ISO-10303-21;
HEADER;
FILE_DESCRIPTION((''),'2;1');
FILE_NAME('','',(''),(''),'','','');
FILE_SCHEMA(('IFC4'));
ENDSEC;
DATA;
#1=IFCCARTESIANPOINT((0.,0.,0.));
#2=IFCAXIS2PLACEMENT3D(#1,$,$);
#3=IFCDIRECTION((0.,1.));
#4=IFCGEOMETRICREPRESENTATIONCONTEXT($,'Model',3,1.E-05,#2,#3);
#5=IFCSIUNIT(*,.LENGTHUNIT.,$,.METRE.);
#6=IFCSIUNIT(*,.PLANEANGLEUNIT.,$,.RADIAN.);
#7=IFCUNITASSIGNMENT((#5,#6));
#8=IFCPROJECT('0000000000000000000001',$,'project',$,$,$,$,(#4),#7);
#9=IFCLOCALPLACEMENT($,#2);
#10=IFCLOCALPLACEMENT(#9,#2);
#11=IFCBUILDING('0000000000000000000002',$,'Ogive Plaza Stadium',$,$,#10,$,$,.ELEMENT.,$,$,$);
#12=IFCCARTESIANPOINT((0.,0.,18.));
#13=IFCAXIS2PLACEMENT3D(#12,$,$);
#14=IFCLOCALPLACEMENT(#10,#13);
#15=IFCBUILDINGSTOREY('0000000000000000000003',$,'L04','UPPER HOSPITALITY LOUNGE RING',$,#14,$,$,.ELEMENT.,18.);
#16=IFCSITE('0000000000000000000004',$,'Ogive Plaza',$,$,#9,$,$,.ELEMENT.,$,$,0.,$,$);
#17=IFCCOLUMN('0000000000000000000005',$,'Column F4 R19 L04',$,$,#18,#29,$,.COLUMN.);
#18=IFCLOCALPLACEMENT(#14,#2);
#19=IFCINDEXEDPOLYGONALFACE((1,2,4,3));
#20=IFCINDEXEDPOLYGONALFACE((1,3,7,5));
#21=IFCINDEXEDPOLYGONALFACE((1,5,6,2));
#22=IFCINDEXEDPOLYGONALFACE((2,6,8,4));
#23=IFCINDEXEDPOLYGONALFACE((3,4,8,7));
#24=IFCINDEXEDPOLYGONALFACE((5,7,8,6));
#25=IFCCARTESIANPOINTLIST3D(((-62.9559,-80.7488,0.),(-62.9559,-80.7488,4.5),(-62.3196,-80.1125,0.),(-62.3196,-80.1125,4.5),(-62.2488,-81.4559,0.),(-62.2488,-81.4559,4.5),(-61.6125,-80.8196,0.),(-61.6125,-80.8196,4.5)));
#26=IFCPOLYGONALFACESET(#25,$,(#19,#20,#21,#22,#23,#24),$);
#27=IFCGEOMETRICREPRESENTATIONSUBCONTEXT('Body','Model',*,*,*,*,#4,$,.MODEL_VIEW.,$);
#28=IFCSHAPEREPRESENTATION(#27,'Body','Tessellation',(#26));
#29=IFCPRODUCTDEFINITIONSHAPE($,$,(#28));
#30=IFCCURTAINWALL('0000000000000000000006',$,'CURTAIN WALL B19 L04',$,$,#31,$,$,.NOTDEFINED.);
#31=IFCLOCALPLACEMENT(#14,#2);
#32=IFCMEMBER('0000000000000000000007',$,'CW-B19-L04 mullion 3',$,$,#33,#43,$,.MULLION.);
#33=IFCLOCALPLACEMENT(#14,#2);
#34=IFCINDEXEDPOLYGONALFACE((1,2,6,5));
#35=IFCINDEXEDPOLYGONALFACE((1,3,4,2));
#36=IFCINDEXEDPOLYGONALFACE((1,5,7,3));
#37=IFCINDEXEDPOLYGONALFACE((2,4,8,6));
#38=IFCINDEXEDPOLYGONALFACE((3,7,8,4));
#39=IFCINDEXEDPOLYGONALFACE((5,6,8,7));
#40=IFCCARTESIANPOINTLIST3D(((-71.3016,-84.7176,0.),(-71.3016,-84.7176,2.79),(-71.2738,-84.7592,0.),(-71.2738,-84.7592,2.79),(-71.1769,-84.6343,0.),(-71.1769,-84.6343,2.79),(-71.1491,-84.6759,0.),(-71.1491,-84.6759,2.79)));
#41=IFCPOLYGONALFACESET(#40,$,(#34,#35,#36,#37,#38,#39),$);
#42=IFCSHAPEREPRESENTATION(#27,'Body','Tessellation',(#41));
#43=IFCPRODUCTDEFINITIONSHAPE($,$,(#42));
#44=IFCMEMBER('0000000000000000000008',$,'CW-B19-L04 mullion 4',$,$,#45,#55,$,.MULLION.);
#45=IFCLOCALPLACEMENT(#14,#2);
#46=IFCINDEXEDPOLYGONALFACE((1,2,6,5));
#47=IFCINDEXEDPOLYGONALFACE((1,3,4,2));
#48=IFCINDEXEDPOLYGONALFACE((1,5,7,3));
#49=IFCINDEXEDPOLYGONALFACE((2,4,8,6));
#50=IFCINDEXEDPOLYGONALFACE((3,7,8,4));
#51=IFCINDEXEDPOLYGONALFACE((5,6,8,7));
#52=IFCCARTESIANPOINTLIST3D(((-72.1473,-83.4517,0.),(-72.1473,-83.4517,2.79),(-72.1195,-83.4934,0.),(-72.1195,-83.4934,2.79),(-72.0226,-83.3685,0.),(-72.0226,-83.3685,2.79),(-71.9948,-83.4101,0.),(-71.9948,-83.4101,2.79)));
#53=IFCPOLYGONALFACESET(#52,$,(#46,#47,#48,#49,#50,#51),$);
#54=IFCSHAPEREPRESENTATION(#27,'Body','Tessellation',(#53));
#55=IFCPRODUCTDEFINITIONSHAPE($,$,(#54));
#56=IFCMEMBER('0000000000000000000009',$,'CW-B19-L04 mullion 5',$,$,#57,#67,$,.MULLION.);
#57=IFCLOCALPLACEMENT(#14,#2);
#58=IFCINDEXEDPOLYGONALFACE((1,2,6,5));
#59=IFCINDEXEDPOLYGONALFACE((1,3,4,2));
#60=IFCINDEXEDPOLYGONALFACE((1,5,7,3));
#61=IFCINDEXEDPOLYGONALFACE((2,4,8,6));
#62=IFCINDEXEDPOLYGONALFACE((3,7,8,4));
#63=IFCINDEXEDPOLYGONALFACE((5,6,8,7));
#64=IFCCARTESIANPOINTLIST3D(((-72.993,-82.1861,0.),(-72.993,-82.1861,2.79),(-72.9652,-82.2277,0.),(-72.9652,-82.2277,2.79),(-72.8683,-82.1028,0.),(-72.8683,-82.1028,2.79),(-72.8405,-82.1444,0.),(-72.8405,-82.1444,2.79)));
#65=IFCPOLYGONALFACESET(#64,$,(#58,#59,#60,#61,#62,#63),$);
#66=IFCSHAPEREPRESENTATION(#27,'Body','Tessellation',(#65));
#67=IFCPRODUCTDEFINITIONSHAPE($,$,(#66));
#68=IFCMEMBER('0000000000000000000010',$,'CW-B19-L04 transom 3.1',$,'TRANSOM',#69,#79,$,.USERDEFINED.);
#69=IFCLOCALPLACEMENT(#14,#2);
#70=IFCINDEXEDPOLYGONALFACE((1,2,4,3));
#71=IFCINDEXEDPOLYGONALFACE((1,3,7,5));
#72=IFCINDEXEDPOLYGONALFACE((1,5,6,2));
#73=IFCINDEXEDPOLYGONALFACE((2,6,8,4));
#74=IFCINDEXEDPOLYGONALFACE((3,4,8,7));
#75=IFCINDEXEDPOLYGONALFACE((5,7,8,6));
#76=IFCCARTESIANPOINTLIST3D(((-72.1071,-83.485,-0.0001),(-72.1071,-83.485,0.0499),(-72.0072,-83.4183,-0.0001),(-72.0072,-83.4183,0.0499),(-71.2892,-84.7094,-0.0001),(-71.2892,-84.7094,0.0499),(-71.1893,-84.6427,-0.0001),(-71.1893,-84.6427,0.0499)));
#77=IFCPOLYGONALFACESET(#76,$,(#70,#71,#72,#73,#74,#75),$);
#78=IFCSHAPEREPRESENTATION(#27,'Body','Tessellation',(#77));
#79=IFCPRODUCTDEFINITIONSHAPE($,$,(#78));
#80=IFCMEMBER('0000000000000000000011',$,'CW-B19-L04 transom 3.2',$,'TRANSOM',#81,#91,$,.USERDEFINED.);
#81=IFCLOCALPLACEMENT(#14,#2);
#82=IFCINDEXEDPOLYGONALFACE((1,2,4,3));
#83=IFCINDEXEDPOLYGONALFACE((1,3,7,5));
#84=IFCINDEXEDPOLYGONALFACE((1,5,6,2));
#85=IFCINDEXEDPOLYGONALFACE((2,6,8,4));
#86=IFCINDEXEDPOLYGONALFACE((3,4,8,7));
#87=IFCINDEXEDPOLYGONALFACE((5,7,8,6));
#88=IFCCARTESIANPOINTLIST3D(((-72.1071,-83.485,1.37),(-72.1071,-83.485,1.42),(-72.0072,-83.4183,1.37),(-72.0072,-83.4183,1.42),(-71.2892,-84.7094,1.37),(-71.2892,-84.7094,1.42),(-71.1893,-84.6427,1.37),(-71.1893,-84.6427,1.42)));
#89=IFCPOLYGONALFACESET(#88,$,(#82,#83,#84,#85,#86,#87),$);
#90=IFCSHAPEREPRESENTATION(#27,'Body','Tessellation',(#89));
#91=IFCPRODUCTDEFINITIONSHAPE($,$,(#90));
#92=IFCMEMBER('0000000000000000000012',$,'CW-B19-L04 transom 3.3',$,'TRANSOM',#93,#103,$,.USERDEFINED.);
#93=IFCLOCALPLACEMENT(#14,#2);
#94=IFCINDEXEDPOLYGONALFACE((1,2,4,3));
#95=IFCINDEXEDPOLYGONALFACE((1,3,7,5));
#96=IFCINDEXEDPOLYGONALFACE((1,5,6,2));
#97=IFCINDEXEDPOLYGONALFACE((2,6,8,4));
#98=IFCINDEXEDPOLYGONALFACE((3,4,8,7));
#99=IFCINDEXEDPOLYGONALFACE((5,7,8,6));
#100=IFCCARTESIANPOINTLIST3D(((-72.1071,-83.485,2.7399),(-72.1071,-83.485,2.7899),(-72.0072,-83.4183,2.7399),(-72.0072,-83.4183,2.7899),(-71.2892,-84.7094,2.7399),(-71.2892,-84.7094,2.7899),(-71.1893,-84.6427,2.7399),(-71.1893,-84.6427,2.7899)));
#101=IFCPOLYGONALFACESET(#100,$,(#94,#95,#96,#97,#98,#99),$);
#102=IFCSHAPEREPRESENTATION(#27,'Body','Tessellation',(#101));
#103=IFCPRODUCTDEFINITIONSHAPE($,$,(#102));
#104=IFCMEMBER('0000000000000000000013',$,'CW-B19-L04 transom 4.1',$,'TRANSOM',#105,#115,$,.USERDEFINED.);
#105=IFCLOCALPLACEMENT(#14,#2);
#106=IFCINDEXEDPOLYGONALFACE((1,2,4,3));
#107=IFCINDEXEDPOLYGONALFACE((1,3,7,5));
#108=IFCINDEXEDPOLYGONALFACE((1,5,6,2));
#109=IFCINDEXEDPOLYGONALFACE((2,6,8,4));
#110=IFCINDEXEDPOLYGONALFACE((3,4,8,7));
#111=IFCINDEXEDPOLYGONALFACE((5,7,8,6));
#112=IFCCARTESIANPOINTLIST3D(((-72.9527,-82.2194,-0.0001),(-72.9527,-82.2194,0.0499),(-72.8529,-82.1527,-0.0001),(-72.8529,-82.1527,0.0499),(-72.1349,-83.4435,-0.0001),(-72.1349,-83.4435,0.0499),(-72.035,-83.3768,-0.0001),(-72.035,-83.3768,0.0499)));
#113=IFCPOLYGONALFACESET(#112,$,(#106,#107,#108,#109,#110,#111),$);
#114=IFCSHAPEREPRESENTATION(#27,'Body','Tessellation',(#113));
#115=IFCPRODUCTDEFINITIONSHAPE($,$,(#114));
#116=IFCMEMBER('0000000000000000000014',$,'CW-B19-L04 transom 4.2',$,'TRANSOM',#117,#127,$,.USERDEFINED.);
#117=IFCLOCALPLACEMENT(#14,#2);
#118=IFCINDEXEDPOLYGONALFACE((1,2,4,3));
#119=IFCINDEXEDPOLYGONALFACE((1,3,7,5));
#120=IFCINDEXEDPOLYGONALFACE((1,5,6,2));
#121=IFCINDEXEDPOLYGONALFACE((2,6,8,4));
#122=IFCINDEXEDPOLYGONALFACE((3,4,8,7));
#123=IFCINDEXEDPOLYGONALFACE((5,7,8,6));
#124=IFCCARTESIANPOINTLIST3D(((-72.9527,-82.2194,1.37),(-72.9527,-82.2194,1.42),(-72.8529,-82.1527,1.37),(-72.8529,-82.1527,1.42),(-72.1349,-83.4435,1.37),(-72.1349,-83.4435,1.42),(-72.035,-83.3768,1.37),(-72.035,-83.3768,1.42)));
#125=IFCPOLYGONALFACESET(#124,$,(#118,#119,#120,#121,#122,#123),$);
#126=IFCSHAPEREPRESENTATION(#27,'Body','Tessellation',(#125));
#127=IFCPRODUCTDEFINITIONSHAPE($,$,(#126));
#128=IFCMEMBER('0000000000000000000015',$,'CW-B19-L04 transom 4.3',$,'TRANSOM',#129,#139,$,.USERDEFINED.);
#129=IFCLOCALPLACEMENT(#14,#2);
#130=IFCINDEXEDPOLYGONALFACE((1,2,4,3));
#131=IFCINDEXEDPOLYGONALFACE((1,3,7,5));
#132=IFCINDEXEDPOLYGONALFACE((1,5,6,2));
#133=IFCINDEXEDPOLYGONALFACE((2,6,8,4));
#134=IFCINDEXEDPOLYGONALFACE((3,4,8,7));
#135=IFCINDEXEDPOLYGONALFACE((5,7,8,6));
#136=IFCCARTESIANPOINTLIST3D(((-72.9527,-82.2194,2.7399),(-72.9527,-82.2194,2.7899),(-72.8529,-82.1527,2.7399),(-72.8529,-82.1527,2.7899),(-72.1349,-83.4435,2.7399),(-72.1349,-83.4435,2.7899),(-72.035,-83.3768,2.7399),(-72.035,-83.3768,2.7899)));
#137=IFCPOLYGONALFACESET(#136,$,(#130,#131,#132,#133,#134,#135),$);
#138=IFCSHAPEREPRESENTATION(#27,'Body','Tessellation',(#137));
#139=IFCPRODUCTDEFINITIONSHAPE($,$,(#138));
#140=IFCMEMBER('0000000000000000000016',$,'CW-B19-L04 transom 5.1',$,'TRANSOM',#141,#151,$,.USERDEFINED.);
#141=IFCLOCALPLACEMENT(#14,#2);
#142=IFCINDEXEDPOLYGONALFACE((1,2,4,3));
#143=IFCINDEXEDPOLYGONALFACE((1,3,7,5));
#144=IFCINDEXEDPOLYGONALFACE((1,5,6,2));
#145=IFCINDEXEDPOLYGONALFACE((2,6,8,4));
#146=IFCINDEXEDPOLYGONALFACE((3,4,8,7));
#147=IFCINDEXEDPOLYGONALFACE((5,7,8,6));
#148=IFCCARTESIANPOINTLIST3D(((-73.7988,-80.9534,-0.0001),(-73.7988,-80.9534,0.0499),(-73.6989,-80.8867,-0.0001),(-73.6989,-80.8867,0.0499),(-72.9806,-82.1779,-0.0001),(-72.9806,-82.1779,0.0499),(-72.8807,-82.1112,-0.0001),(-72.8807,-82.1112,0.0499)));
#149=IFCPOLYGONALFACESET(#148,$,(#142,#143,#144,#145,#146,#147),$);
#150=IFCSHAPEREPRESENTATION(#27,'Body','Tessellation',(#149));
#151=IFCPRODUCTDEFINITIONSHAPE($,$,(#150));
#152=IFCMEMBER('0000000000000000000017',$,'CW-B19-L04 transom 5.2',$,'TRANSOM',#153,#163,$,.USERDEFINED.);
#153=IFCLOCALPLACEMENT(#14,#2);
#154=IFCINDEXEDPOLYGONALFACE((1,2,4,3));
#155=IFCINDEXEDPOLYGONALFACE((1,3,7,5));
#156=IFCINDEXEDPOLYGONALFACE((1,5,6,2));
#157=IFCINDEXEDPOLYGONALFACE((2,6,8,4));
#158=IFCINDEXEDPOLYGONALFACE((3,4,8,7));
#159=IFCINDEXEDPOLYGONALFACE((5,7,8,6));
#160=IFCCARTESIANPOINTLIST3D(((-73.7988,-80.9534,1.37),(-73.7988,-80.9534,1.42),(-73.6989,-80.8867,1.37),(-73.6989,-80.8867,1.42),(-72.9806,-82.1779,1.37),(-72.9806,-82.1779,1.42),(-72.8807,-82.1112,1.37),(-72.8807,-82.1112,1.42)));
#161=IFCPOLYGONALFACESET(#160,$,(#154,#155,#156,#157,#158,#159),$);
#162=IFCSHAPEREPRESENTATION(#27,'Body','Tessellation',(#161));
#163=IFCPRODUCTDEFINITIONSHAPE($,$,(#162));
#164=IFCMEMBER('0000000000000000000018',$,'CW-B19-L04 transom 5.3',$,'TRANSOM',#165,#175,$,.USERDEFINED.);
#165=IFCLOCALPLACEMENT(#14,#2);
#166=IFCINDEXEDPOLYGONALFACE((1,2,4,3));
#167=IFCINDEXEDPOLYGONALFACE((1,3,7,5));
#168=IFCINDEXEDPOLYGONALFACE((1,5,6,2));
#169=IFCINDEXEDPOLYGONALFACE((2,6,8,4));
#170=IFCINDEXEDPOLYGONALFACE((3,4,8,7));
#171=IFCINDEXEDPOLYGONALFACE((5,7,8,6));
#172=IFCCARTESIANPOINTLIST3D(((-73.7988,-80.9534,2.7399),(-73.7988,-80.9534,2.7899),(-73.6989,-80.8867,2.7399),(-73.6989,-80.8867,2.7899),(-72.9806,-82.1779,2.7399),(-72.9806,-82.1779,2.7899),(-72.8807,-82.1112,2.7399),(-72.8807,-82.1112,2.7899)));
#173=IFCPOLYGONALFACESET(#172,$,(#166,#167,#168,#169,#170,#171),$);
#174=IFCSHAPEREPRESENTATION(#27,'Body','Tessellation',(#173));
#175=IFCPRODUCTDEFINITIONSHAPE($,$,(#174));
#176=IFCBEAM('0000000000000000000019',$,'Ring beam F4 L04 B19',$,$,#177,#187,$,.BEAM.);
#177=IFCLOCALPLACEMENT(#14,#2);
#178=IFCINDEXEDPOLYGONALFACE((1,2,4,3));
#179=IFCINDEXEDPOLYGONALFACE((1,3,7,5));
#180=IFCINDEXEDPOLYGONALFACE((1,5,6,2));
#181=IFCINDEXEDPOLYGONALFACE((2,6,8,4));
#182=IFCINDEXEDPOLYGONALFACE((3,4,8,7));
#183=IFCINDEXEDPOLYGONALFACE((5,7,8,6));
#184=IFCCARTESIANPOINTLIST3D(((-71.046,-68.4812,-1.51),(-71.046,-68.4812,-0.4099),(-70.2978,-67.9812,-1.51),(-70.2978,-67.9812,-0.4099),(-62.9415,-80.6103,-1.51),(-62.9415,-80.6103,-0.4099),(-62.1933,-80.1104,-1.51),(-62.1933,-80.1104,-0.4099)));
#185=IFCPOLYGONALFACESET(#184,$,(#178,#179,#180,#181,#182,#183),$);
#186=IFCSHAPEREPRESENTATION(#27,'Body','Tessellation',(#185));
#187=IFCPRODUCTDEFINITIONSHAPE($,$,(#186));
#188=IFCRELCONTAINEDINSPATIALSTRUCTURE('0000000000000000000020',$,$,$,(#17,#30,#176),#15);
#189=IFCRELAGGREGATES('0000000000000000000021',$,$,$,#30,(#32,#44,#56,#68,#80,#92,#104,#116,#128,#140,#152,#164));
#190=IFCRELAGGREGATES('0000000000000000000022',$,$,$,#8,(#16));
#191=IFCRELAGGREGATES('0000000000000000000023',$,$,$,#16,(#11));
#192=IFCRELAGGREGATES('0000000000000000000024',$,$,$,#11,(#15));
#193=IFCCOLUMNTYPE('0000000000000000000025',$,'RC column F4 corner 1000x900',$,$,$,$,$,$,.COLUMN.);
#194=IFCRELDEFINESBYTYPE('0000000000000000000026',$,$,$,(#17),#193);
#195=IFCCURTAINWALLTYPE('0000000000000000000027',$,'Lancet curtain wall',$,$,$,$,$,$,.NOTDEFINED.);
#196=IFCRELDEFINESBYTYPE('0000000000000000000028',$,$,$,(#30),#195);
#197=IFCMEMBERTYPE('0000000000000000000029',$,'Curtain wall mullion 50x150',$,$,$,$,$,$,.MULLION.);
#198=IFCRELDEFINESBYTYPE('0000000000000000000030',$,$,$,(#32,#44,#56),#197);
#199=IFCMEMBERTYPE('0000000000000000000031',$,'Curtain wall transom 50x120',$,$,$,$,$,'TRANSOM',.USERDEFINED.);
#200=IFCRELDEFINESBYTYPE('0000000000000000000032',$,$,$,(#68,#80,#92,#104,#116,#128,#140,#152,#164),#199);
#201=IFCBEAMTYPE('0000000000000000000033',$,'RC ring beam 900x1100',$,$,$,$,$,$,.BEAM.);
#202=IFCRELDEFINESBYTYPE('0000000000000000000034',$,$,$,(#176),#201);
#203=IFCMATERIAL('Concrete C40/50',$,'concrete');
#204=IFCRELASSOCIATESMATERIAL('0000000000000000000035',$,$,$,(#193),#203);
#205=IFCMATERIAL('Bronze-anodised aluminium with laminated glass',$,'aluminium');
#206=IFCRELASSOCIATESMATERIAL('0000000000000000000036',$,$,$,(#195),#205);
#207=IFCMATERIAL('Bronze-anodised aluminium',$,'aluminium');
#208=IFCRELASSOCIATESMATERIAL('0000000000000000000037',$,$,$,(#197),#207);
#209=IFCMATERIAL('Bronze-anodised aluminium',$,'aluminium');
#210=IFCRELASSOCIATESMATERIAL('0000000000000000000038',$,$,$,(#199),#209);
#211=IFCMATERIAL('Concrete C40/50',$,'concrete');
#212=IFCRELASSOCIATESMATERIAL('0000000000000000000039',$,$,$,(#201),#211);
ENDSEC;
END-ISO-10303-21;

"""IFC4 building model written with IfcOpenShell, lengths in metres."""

from ifc_helpers import new_model, si_unit, direction, frame, origin, origin_2d, place, context, subcontext, project, spatial, rectangle, extrude, material, material_profile, profile_set, type_object, element, aggregate, save


model = new_model("IFC4")

# Units and contexts
model_context = context("Model", 3, precision=1e-05, world=origin(), true_north=direction((0.0, 1.0)))
body_context = subcontext(model_context, "Body", "Model", "MODEL_VIEW")
ifc_project = project(units=[si_unit("LENGTHUNIT", "METRE"), si_unit("PLANEANGLEUNIT", "RADIAN")], contexts=[model_context])

# Site, building, storey
site_placement = place(None, origin())
site = spatial("IfcSite", under=ifc_project, at=site_placement, Name="Ogive Plaza", CompositionType="ELEMENT", RefElevation=0.0)
building_placement = place(site_placement, origin())
building = spatial("IfcBuilding", under=site, at=building_placement, Name="Ogive Plaza Stadium", CompositionType="ELEMENT")
storey_placement = place(building_placement, frame((0.0, 0.0, 18.0)))
storey = spatial("IfcBuildingStorey", under=building, at=storey_placement, Name="L04", Description="UPPER HOSPITALITY LOUNGE RING", CompositionType="ELEMENT", Elevation=18.0)

# Column
ifc_material_1 = material(Name="Concrete C40/50", Category="concrete")
ifc_material_profile_1 = material_profile(ifc_material_1, rectangle(XDim=1.0, YDim=0.8999, at=origin_2d()), Name="RC 1000x900")
ifc_profile_set_1 = profile_set([ifc_material_profile_1], Name="Concrete C40/50")
column_type = type_object("IfcColumnType", Name="RC column F4 corner 1000x900", PredefinedType="COLUMN", material=ifc_profile_set_1)
column_placement = place(storey_placement, frame((-62.2842, -80.7842, 0.0), z_axis=(0.0, 0.0, 1.0), x_axis=(0.707107, -0.707107, 0.0)))
element("IfcColumn", 1, at=column_placement, inside=storey, type_object=column_type, Name="Column F4 R19 L04", PredefinedType="COLUMN", context=body_context, shape_type="SweptSolid", body=[
    extrude(rectangle(XDim=1.0, YDim=0.8999, at=origin_2d()), origin(), (0.0, 0.0, 1.0), 4.5),
])

# Curtain wall, members
ifc_material_2 = material(Name="Bronze-anodised aluminium with laminated glass", Category="aluminium")
curtain_wall_type = type_object("IfcCurtainWallType", Name="Lancet curtain wall", PredefinedType="NOTDEFINED", material=ifc_material_2)
curtain_wall_placement = place(storey_placement, origin())
curtain_wall = element("IfcCurtainWall", 2, at=curtain_wall_placement, inside=storey, type_object=curtain_wall_type, Name="CURTAIN WALL B19 L04", PredefinedType="NOTDEFINED")
ifc_material_3 = material(Name="Bronze-anodised aluminium", Category="aluminium")
ifc_material_profile_2 = material_profile(ifc_material_3, rectangle(XDim=0.1499, YDim=0.05, at=origin_2d()), Name="AL 150x50")
ifc_profile_set_2 = profile_set([ifc_material_profile_2], Name="Bronze-anodised aluminium")
member_type_1 = type_object("IfcMemberType", Name="Curtain wall mullion 50x150", PredefinedType="MULLION", material=ifc_profile_set_2)
member_1_placement = place(storey_placement, frame((-71.2253, -84.6968, 0.0), z_axis=(0.0, 0.0, 1.0), x_axis=(-0.83147, -0.55557, 0.0)))
member_1 = element("IfcMember", 3, at=member_1_placement, type_object=member_type_1, Name="CW-B19-L04 mullion 3", PredefinedType="MULLION", context=body_context, shape_type="SweptSolid", body=[
    extrude(rectangle(XDim=0.1499, YDim=0.05, at=origin_2d()), origin(), (0.0, 0.0, 1.0), 2.79),
])
member_2_placement = place(storey_placement, frame((-72.071, -83.4309, 0.0), z_axis=(0.0, 0.0, 1.0), x_axis=(-0.83147, -0.55557, 0.0)))
member_2 = element("IfcMember", 4, at=member_2_placement, type_object=member_type_1, Name="CW-B19-L04 mullion 4", PredefinedType="MULLION", context=body_context, shape_type="SweptSolid", body=[
    extrude(rectangle(XDim=0.1499, YDim=0.05, at=origin_2d()), origin(), (0.0, 0.0, 1.0), 2.79),
])
member_3_placement = place(storey_placement, frame((-72.9167, -82.1653, 0.0), z_axis=(0.0, 0.0, 1.0), x_axis=(-0.83147, -0.55557, 0.0)))
member_3 = element("IfcMember", 5, at=member_3_placement, type_object=member_type_1, Name="CW-B19-L04 mullion 5", PredefinedType="MULLION", context=body_context, shape_type="SweptSolid", body=[
    extrude(rectangle(XDim=0.1499, YDim=0.05, at=origin_2d()), origin(), (0.0, 0.0, 1.0), 2.79),
])
ifc_material_4 = material(Name="Bronze-anodised aluminium", Category="aluminium")
ifc_material_profile_3 = material_profile(ifc_material_4, rectangle(XDim=0.1201, YDim=0.05, at=origin_2d()), Name="AL 120x50")
ifc_profile_set_3 = profile_set([ifc_material_profile_3], Name="Bronze-anodised aluminium")
member_type_2 = type_object("IfcMemberType", Name="Curtain wall transom 50x120", ElementType="TRANSOM", PredefinedType="USERDEFINED", material=ifc_profile_set_3)
member_4_placement = place(storey_placement, frame((-71.2393, -84.676, 0.0249), z_axis=(-0.555465, 0.83154, 0.0), x_axis=(-0.83154, -0.555465, 0.0)))
member_4 = element("IfcMember", 6, at=member_4_placement, type_object=member_type_2, Name="CW-B19-L04 transom 3.1", ObjectType="TRANSOM", PredefinedType="USERDEFINED", context=body_context, shape_type="SweptSolid", body=[
    extrude(rectangle(XDim=0.1201, YDim=0.05, at=origin_2d()), origin(), (0.0, 0.0, 1.0), 1.4724),
])
member_5_placement = place(storey_placement, frame((-71.2393, -84.676, 1.395), z_axis=(-0.555465, 0.83154, 0.0), x_axis=(-0.83154, -0.555465, 0.0)))
member_5 = element("IfcMember", 7, at=member_5_placement, type_object=member_type_2, Name="CW-B19-L04 transom 3.2", ObjectType="TRANSOM", PredefinedType="USERDEFINED", context=body_context, shape_type="SweptSolid", body=[
    extrude(rectangle(XDim=0.1201, YDim=0.05, at=origin_2d()), origin(), (0.0, 0.0, 1.0), 1.4724),
])
member_6_placement = place(storey_placement, frame((-71.2393, -84.676, 2.7649), z_axis=(-0.555465, 0.83154, 0.0), x_axis=(-0.83154, -0.555465, 0.0)))
member_6 = element("IfcMember", 8, at=member_6_placement, type_object=member_type_2, Name="CW-B19-L04 transom 3.3", ObjectType="TRANSOM", PredefinedType="USERDEFINED", context=body_context, shape_type="SweptSolid", body=[
    extrude(rectangle(XDim=0.1201, YDim=0.05, at=origin_2d()), origin(), (0.0, 0.0, 1.0), 1.4724),
])
member_7_placement = place(storey_placement, frame((-72.085, -83.4102, 0.0249), z_axis=(-0.555542, 0.831489, 0.0), x_axis=(-0.831489, -0.555542, 0.0)))
member_7 = element("IfcMember", 9, at=member_7_placement, type_object=member_type_2, Name="CW-B19-L04 transom 4.1", ObjectType="TRANSOM", PredefinedType="USERDEFINED", context=body_context, shape_type="SweptSolid", body=[
    extrude(rectangle(XDim=0.1201, YDim=0.05, at=origin_2d()), origin(), (0.0, 0.0, 1.0), 1.4722),
])
member_8_placement = place(storey_placement, frame((-72.085, -83.4102, 1.395), z_axis=(-0.555542, 0.831489, 0.0), x_axis=(-0.831489, -0.555542, 0.0)))
member_8 = element("IfcMember", 10, at=member_8_placement, type_object=member_type_2, Name="CW-B19-L04 transom 4.2", ObjectType="TRANSOM", PredefinedType="USERDEFINED", context=body_context, shape_type="SweptSolid", body=[
    extrude(rectangle(XDim=0.1201, YDim=0.05, at=origin_2d()), origin(), (0.0, 0.0, 1.0), 1.4722),
])
member_9_placement = place(storey_placement, frame((-72.085, -83.4102, 2.7649), z_axis=(-0.555542, 0.831489, 0.0), x_axis=(-0.831489, -0.555542, 0.0)))
member_9 = element("IfcMember", 11, at=member_9_placement, type_object=member_type_2, Name="CW-B19-L04 transom 4.3", ObjectType="TRANSOM", PredefinedType="USERDEFINED", context=body_context, shape_type="SweptSolid", body=[
    extrude(rectangle(XDim=0.1201, YDim=0.05, at=origin_2d()), origin(), (0.0, 0.0, 1.0), 1.4722),
])
member_10_placement = place(storey_placement, frame((-72.9307, -82.1445, 0.0249), z_axis=(-0.55558, 0.831463, 0.0), x_axis=(-0.831463, -0.55558, 0.0)))
member_10 = element("IfcMember", 12, at=member_10_placement, type_object=member_type_2, Name="CW-B19-L04 transom 5.1", ObjectType="TRANSOM", PredefinedType="USERDEFINED", context=body_context, shape_type="SweptSolid", body=[
    extrude(rectangle(XDim=0.1201, YDim=0.05, at=origin_2d()), origin(), (0.0, 0.0, 1.0), 1.4727),
])
member_11_placement = place(storey_placement, frame((-72.9307, -82.1445, 1.395), z_axis=(-0.55558, 0.831463, 0.0), x_axis=(-0.831463, -0.55558, 0.0)))
member_11 = element("IfcMember", 13, at=member_11_placement, type_object=member_type_2, Name="CW-B19-L04 transom 5.2", ObjectType="TRANSOM", PredefinedType="USERDEFINED", context=body_context, shape_type="SweptSolid", body=[
    extrude(rectangle(XDim=0.1201, YDim=0.05, at=origin_2d()), origin(), (0.0, 0.0, 1.0), 1.4727),
])
member_12_placement = place(storey_placement, frame((-72.9307, -82.1445, 2.7649), z_axis=(-0.55558, 0.831463, 0.0), x_axis=(-0.831463, -0.55558, 0.0)))
member_12 = element("IfcMember", 14, at=member_12_placement, type_object=member_type_2, Name="CW-B19-L04 transom 5.3", ObjectType="TRANSOM", PredefinedType="USERDEFINED", context=body_context, shape_type="SweptSolid", body=[
    extrude(rectangle(XDim=0.1201, YDim=0.05, at=origin_2d()), origin(), (0.0, 0.0, 1.0), 1.4727),
])

# Beam
ifc_material_5 = material(Name="Concrete C40/50", Category="concrete")
ifc_material_profile_4 = material_profile(ifc_material_5, rectangle(XDim=0.8999, YDim=1.1001, at=origin_2d()), Name="RC 900x1100")
ifc_profile_set_4 = profile_set([ifc_material_profile_4], Name="Concrete C40/50")
beam_type = type_object("IfcBeamType", Name="RC ring beam 900x1100", PredefinedType="BEAM", material=ifc_profile_set_4)
beam_placement = place(storey_placement, frame((-62.5674, -80.3604, -0.96), z_axis=(-0.555573, 0.831468, 0.0), x_axis=(-0.831468, -0.555573, 0.0)))
element("IfcBeam", 15, at=beam_placement, inside=storey, type_object=beam_type, Name="Ring beam F4 L04 B19", PredefinedType="BEAM", context=body_context, shape_type="SweptSolid", body=[
    extrude(rectangle(XDim=0.8999, YDim=1.1001, at=origin_2d()), origin(), (0.0, 0.0, 1.0), 14.5876),
])

aggregate(curtain_wall, [member_1, member_2, member_3, member_4, member_5, member_6, member_7, member_8, member_9, member_10, member_11, member_12])

save(model, "model.ifc")
